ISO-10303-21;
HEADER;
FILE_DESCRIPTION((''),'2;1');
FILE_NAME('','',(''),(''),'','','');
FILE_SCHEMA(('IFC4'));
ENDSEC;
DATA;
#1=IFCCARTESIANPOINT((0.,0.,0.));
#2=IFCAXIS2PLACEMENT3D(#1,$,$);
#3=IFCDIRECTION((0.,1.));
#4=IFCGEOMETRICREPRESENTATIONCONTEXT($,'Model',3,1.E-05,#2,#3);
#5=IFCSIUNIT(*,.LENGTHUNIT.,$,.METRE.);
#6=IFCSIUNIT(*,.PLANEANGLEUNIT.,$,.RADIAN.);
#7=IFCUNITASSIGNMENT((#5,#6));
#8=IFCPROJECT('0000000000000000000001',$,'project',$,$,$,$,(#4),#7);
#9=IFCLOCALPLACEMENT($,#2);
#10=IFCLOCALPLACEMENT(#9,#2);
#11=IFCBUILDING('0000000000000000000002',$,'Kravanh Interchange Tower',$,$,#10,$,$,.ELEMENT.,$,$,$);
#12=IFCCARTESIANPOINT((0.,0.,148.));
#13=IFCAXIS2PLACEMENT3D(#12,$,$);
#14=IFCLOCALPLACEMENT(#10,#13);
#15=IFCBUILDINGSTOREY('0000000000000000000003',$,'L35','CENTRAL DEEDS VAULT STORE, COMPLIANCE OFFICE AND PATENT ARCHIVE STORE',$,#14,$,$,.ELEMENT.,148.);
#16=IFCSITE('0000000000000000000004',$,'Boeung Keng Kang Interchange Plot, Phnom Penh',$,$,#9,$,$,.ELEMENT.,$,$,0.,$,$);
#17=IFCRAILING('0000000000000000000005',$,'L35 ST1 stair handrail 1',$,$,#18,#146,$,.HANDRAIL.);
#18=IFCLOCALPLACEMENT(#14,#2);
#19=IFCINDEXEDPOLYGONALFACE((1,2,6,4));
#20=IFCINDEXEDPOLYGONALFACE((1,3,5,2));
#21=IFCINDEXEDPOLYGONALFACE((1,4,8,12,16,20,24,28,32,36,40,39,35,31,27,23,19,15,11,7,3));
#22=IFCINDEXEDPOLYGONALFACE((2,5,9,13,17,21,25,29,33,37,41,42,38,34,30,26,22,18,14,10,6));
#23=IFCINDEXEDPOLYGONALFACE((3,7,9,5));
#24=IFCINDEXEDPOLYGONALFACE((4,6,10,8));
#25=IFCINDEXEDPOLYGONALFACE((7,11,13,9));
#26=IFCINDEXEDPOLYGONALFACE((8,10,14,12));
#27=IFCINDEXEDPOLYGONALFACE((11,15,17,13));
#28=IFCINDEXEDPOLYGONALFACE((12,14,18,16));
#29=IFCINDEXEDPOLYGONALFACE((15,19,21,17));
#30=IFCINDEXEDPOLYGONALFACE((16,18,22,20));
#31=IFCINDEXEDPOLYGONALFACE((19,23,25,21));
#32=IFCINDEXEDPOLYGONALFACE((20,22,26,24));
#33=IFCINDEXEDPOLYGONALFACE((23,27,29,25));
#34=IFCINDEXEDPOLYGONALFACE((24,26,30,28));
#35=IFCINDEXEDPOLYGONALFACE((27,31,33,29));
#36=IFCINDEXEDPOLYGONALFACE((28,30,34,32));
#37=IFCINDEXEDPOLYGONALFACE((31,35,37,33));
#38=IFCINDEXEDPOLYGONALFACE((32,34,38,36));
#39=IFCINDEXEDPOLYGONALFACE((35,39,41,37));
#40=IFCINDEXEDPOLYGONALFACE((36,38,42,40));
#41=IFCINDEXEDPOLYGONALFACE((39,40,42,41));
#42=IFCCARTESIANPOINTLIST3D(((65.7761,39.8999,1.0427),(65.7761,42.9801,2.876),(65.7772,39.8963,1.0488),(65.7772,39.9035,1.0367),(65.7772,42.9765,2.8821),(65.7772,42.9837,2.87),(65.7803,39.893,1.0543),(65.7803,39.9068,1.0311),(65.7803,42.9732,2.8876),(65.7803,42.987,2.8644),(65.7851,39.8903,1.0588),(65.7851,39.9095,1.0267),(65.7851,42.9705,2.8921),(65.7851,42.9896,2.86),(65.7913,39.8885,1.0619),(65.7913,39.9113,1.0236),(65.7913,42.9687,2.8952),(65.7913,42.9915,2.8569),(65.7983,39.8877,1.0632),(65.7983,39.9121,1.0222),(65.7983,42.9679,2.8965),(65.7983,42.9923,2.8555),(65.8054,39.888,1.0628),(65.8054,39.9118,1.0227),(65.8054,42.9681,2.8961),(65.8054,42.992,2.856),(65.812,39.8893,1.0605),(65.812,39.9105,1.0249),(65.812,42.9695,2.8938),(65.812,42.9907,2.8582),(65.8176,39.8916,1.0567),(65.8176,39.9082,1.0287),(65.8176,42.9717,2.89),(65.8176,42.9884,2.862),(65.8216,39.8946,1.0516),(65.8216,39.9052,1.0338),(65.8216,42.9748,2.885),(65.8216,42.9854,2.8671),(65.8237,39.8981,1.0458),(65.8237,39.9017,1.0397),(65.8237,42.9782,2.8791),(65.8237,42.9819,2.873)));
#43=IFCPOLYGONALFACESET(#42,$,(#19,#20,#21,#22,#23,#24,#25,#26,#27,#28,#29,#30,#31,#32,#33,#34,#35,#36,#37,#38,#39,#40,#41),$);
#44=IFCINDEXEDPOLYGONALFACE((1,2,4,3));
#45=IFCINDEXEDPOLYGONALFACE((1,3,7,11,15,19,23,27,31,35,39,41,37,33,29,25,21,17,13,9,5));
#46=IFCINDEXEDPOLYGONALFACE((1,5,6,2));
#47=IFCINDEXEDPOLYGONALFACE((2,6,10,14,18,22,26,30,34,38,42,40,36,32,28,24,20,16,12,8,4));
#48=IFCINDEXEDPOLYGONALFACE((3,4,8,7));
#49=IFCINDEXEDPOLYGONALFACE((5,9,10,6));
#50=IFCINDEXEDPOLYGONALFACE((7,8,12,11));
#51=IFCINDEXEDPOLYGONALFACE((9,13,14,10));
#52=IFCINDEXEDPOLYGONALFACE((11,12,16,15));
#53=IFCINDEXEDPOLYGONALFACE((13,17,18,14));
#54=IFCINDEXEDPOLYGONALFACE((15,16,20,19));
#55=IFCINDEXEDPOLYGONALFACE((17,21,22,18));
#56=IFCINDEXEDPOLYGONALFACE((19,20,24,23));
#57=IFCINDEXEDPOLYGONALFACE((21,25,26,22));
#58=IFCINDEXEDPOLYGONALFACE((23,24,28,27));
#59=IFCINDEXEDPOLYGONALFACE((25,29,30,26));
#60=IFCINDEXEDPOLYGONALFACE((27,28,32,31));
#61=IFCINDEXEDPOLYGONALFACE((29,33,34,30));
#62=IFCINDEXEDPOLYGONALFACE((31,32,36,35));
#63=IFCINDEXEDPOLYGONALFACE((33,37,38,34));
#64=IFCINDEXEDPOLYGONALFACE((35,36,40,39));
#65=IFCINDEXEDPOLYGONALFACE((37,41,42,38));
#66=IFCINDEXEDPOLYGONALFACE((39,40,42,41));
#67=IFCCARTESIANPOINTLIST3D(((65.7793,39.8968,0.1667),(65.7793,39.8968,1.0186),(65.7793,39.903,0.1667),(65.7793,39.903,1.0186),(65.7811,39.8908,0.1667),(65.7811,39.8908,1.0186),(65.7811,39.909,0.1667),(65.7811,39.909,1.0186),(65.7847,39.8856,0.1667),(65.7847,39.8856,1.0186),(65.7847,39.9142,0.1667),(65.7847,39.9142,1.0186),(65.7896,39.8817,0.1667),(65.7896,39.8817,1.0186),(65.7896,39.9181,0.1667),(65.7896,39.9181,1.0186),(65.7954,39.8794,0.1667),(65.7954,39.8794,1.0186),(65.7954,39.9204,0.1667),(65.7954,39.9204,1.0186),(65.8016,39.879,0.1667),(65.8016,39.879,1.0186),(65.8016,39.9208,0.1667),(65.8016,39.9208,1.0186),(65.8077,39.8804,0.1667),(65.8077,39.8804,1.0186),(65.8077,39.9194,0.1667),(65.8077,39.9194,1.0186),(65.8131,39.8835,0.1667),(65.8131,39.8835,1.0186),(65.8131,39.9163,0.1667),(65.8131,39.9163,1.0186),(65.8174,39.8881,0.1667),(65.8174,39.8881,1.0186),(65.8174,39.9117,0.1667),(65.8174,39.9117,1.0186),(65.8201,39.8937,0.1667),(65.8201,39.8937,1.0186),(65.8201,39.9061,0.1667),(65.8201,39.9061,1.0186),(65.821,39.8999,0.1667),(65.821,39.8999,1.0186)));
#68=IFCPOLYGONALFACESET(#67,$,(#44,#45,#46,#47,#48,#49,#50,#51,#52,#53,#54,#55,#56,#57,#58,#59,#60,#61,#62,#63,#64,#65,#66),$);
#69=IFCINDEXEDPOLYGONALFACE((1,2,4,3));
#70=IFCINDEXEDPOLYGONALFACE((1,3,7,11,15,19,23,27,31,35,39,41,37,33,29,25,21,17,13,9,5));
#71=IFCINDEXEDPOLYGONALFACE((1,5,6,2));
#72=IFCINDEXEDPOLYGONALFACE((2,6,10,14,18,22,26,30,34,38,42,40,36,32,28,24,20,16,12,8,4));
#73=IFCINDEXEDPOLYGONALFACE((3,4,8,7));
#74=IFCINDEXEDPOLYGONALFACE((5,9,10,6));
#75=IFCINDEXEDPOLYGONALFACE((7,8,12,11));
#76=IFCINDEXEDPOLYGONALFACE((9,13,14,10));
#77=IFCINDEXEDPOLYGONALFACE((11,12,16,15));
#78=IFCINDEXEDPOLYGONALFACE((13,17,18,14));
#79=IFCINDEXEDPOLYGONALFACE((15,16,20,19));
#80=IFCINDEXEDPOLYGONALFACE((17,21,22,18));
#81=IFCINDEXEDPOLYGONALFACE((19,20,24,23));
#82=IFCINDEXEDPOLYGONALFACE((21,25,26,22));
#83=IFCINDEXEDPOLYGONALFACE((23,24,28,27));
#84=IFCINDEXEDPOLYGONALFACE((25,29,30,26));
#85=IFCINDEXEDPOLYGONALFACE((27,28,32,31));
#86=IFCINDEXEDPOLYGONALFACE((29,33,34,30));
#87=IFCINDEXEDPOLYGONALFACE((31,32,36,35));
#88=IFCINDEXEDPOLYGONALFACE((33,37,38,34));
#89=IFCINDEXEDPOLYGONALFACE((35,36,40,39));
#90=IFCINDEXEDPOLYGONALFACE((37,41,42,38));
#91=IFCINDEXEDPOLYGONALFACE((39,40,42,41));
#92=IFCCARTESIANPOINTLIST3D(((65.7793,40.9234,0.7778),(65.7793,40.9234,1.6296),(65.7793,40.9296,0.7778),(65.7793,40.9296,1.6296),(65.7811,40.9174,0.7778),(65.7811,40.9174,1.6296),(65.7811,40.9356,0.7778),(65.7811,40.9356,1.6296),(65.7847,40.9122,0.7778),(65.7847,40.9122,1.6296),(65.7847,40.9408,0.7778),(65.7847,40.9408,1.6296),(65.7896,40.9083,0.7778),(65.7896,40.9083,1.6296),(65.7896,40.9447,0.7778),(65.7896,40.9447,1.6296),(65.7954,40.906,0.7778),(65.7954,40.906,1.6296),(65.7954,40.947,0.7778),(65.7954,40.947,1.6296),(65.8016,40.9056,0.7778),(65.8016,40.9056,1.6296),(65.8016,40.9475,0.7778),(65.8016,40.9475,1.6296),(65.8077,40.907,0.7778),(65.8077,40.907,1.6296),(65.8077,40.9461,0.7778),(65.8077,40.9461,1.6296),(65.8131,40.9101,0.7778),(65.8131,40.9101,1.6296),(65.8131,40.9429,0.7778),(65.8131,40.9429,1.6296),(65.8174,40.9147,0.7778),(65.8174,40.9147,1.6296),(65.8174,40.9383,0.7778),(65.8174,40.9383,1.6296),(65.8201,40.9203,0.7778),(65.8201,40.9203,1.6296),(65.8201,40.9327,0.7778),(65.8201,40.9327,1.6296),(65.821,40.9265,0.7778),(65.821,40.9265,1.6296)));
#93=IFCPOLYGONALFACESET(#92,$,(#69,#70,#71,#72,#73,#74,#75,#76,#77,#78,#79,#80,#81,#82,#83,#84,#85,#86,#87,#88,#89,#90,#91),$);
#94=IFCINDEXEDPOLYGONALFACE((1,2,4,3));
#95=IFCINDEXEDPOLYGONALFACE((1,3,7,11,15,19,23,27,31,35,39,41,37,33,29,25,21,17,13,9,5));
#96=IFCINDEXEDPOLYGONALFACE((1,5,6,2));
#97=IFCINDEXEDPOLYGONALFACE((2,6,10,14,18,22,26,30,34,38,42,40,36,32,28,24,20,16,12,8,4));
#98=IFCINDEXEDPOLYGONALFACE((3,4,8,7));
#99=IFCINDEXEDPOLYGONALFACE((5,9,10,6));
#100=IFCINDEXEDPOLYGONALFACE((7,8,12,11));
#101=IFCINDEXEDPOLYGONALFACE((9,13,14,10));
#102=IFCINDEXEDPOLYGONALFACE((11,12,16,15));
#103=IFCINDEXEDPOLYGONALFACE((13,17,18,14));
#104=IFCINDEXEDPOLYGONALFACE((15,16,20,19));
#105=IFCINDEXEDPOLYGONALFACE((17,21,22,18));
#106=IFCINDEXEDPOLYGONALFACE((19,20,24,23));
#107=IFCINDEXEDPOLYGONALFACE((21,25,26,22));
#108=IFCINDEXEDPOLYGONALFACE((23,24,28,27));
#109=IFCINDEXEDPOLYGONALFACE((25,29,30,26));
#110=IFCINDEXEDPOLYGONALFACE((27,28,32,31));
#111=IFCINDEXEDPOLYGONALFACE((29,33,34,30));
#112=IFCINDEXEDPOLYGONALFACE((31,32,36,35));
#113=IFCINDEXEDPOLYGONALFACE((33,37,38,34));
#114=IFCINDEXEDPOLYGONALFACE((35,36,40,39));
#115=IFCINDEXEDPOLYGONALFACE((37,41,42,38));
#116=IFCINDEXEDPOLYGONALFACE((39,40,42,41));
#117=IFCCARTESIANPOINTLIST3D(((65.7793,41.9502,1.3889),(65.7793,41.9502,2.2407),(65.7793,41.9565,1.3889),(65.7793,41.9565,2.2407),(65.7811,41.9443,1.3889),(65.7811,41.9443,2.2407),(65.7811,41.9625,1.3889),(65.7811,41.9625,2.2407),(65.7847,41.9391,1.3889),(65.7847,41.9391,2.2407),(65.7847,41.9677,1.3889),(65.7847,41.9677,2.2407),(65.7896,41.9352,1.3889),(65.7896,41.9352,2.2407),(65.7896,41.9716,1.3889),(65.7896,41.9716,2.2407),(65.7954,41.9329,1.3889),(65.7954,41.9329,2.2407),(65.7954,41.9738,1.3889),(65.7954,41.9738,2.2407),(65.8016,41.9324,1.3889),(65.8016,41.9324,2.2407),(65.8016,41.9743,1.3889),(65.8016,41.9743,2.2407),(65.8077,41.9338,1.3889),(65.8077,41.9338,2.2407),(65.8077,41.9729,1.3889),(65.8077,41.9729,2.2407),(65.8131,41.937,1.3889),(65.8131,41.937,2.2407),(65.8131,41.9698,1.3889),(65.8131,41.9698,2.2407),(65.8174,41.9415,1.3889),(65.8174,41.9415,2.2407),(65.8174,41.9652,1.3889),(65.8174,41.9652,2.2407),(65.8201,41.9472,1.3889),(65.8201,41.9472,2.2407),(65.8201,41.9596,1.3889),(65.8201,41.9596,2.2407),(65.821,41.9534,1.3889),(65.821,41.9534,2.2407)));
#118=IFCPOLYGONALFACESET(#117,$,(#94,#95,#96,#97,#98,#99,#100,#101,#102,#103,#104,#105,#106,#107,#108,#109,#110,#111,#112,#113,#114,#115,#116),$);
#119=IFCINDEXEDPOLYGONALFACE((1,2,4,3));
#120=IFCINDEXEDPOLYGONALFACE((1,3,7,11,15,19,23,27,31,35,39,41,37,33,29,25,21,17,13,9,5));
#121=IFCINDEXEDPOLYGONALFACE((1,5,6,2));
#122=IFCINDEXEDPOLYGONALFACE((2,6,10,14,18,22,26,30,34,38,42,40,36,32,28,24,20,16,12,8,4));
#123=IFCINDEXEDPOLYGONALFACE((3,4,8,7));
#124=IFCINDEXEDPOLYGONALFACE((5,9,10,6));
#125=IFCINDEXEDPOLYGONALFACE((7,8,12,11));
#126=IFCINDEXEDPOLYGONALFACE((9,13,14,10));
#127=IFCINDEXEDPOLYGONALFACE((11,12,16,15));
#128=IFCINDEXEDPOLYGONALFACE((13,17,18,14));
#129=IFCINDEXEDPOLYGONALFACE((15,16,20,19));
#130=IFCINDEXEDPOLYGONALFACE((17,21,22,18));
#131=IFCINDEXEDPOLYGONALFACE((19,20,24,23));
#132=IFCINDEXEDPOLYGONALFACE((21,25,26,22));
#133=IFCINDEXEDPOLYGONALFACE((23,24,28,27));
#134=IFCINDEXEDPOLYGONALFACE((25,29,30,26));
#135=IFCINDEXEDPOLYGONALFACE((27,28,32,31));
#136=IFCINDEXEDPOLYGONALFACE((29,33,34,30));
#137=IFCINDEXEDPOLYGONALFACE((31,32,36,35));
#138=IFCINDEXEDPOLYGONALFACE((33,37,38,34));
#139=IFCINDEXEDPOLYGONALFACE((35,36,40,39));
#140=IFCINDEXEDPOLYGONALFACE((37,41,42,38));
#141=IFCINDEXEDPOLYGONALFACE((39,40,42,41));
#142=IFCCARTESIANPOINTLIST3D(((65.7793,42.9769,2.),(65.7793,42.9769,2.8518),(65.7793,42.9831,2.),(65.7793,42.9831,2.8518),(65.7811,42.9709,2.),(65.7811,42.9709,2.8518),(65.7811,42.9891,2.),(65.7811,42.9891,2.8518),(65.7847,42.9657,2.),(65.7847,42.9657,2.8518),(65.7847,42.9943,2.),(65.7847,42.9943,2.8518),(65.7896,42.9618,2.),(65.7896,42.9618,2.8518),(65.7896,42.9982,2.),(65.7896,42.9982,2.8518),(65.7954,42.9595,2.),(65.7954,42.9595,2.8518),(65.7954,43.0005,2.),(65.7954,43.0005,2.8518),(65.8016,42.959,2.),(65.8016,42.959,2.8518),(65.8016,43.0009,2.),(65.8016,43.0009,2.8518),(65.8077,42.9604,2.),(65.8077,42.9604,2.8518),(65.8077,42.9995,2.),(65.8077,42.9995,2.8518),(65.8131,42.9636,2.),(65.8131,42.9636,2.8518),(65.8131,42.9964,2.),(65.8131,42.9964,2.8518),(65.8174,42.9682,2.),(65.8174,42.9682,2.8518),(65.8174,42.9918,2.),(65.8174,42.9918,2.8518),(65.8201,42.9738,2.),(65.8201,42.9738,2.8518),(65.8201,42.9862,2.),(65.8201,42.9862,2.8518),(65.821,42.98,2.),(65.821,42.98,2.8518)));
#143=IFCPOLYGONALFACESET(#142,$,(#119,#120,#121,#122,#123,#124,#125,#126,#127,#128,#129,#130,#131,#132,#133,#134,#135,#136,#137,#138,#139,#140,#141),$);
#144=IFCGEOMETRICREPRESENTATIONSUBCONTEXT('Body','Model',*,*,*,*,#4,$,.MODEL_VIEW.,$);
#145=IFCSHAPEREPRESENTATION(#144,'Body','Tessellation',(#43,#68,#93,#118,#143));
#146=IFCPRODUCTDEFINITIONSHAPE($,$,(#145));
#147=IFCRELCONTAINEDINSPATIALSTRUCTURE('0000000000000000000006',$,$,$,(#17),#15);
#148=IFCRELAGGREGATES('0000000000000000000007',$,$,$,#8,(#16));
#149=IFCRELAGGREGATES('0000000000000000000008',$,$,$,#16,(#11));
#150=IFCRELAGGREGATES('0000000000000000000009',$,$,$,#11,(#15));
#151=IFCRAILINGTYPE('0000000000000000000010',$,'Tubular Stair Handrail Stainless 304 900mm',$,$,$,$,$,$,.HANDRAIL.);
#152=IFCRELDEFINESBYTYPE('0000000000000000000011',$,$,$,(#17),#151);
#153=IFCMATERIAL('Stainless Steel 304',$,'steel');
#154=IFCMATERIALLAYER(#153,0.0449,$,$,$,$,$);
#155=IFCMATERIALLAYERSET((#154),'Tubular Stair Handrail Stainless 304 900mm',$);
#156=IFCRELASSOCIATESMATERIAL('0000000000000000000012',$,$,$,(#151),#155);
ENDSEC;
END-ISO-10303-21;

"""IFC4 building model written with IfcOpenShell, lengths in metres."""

from ifc_helpers import new_model, si_unit, direction, frame, origin, origin_2d, place, context, subcontext, project, spatial, circle, extrude, material, layer, layer_set, type_object, element, save


model = new_model("IFC4")

# Units and contexts
model_context = context("Model", 3, precision=1e-05, world=origin(), true_north=direction((0.0, 1.0)))
body_context = subcontext(model_context, "Body", "Model", "MODEL_VIEW")
ifc_project = project(units=[si_unit("LENGTHUNIT", "METRE"), si_unit("PLANEANGLEUNIT", "RADIAN")], contexts=[model_context])

# Site, building, storey
site_placement = place(None, origin())
site = spatial("IfcSite", under=ifc_project, at=site_placement, Name="Boeung Keng Kang Interchange Plot, Phnom Penh", CompositionType="ELEMENT", RefElevation=0.0)
building_placement = place(site_placement, origin())
building = spatial("IfcBuilding", under=site, at=building_placement, Name="Kravanh Interchange Tower", CompositionType="ELEMENT")
storey_placement = place(building_placement, frame((0.0, 0.0, 148.0)))
storey = spatial("IfcBuildingStorey", under=building, at=storey_placement, Name="L35", Description="CENTRAL DEEDS VAULT STORE, COMPLIANCE OFFICE AND PATENT ARCHIVE STORE", CompositionType="ELEMENT", Elevation=148.0)

# Railing
ifc_material_1 = material(Name="Stainless Steel 304", Category="steel")
ifc_layer_1 = layer(ifc_material_1, 0.0449)
ifc_layer_set_1 = layer_set([ifc_layer_1], Name="Tubular Stair Handrail Stainless 304 900mm")
railing_type_1 = type_object("IfcRailingType", Name="Tubular Stair Handrail Stainless 304 900mm", PredefinedType="HANDRAIL", material=ifc_layer_set_1)
railing_1_placement = place(storey_placement, frame((65.8, 39.8999, 0.1667)))
element("IfcRailing", 1, at=railing_1_placement, inside=storey, type_object=railing_type_1, Name="L35 ST1 stair handrail 1", PredefinedType="HANDRAIL", context=body_context, shape_type="SweptSolid", body=[
    extrude(circle(Radius=0.0239, at=origin_2d()), frame((0.0, 0.0, 0.876), z_axis=(0.0, 0.859309, 0.511458), x_axis=(-1.0, 0.0, 0.0)), (0.0, 0.0, 1.0), 3.5845),
    extrude(circle(Radius=0.021, at=origin_2d()), origin(), (0.0, 0.0, 1.0), 0.8518),
    extrude(circle(Radius=0.021, at=origin_2d()), frame((0.0, 1.0266, 0.6111)), (0.0, 0.0, 1.0), 0.8518),
    extrude(circle(Radius=0.021, at=origin_2d()), frame((0.0, 2.0535, 1.2222)), (0.0, 0.0, 1.0), 0.8518),
    extrude(circle(Radius=0.021, at=origin_2d()), frame((0.0, 3.0801, 1.8333)), (0.0, 0.0, 1.0), 0.8518),
])

save(model, "model.ifc")
